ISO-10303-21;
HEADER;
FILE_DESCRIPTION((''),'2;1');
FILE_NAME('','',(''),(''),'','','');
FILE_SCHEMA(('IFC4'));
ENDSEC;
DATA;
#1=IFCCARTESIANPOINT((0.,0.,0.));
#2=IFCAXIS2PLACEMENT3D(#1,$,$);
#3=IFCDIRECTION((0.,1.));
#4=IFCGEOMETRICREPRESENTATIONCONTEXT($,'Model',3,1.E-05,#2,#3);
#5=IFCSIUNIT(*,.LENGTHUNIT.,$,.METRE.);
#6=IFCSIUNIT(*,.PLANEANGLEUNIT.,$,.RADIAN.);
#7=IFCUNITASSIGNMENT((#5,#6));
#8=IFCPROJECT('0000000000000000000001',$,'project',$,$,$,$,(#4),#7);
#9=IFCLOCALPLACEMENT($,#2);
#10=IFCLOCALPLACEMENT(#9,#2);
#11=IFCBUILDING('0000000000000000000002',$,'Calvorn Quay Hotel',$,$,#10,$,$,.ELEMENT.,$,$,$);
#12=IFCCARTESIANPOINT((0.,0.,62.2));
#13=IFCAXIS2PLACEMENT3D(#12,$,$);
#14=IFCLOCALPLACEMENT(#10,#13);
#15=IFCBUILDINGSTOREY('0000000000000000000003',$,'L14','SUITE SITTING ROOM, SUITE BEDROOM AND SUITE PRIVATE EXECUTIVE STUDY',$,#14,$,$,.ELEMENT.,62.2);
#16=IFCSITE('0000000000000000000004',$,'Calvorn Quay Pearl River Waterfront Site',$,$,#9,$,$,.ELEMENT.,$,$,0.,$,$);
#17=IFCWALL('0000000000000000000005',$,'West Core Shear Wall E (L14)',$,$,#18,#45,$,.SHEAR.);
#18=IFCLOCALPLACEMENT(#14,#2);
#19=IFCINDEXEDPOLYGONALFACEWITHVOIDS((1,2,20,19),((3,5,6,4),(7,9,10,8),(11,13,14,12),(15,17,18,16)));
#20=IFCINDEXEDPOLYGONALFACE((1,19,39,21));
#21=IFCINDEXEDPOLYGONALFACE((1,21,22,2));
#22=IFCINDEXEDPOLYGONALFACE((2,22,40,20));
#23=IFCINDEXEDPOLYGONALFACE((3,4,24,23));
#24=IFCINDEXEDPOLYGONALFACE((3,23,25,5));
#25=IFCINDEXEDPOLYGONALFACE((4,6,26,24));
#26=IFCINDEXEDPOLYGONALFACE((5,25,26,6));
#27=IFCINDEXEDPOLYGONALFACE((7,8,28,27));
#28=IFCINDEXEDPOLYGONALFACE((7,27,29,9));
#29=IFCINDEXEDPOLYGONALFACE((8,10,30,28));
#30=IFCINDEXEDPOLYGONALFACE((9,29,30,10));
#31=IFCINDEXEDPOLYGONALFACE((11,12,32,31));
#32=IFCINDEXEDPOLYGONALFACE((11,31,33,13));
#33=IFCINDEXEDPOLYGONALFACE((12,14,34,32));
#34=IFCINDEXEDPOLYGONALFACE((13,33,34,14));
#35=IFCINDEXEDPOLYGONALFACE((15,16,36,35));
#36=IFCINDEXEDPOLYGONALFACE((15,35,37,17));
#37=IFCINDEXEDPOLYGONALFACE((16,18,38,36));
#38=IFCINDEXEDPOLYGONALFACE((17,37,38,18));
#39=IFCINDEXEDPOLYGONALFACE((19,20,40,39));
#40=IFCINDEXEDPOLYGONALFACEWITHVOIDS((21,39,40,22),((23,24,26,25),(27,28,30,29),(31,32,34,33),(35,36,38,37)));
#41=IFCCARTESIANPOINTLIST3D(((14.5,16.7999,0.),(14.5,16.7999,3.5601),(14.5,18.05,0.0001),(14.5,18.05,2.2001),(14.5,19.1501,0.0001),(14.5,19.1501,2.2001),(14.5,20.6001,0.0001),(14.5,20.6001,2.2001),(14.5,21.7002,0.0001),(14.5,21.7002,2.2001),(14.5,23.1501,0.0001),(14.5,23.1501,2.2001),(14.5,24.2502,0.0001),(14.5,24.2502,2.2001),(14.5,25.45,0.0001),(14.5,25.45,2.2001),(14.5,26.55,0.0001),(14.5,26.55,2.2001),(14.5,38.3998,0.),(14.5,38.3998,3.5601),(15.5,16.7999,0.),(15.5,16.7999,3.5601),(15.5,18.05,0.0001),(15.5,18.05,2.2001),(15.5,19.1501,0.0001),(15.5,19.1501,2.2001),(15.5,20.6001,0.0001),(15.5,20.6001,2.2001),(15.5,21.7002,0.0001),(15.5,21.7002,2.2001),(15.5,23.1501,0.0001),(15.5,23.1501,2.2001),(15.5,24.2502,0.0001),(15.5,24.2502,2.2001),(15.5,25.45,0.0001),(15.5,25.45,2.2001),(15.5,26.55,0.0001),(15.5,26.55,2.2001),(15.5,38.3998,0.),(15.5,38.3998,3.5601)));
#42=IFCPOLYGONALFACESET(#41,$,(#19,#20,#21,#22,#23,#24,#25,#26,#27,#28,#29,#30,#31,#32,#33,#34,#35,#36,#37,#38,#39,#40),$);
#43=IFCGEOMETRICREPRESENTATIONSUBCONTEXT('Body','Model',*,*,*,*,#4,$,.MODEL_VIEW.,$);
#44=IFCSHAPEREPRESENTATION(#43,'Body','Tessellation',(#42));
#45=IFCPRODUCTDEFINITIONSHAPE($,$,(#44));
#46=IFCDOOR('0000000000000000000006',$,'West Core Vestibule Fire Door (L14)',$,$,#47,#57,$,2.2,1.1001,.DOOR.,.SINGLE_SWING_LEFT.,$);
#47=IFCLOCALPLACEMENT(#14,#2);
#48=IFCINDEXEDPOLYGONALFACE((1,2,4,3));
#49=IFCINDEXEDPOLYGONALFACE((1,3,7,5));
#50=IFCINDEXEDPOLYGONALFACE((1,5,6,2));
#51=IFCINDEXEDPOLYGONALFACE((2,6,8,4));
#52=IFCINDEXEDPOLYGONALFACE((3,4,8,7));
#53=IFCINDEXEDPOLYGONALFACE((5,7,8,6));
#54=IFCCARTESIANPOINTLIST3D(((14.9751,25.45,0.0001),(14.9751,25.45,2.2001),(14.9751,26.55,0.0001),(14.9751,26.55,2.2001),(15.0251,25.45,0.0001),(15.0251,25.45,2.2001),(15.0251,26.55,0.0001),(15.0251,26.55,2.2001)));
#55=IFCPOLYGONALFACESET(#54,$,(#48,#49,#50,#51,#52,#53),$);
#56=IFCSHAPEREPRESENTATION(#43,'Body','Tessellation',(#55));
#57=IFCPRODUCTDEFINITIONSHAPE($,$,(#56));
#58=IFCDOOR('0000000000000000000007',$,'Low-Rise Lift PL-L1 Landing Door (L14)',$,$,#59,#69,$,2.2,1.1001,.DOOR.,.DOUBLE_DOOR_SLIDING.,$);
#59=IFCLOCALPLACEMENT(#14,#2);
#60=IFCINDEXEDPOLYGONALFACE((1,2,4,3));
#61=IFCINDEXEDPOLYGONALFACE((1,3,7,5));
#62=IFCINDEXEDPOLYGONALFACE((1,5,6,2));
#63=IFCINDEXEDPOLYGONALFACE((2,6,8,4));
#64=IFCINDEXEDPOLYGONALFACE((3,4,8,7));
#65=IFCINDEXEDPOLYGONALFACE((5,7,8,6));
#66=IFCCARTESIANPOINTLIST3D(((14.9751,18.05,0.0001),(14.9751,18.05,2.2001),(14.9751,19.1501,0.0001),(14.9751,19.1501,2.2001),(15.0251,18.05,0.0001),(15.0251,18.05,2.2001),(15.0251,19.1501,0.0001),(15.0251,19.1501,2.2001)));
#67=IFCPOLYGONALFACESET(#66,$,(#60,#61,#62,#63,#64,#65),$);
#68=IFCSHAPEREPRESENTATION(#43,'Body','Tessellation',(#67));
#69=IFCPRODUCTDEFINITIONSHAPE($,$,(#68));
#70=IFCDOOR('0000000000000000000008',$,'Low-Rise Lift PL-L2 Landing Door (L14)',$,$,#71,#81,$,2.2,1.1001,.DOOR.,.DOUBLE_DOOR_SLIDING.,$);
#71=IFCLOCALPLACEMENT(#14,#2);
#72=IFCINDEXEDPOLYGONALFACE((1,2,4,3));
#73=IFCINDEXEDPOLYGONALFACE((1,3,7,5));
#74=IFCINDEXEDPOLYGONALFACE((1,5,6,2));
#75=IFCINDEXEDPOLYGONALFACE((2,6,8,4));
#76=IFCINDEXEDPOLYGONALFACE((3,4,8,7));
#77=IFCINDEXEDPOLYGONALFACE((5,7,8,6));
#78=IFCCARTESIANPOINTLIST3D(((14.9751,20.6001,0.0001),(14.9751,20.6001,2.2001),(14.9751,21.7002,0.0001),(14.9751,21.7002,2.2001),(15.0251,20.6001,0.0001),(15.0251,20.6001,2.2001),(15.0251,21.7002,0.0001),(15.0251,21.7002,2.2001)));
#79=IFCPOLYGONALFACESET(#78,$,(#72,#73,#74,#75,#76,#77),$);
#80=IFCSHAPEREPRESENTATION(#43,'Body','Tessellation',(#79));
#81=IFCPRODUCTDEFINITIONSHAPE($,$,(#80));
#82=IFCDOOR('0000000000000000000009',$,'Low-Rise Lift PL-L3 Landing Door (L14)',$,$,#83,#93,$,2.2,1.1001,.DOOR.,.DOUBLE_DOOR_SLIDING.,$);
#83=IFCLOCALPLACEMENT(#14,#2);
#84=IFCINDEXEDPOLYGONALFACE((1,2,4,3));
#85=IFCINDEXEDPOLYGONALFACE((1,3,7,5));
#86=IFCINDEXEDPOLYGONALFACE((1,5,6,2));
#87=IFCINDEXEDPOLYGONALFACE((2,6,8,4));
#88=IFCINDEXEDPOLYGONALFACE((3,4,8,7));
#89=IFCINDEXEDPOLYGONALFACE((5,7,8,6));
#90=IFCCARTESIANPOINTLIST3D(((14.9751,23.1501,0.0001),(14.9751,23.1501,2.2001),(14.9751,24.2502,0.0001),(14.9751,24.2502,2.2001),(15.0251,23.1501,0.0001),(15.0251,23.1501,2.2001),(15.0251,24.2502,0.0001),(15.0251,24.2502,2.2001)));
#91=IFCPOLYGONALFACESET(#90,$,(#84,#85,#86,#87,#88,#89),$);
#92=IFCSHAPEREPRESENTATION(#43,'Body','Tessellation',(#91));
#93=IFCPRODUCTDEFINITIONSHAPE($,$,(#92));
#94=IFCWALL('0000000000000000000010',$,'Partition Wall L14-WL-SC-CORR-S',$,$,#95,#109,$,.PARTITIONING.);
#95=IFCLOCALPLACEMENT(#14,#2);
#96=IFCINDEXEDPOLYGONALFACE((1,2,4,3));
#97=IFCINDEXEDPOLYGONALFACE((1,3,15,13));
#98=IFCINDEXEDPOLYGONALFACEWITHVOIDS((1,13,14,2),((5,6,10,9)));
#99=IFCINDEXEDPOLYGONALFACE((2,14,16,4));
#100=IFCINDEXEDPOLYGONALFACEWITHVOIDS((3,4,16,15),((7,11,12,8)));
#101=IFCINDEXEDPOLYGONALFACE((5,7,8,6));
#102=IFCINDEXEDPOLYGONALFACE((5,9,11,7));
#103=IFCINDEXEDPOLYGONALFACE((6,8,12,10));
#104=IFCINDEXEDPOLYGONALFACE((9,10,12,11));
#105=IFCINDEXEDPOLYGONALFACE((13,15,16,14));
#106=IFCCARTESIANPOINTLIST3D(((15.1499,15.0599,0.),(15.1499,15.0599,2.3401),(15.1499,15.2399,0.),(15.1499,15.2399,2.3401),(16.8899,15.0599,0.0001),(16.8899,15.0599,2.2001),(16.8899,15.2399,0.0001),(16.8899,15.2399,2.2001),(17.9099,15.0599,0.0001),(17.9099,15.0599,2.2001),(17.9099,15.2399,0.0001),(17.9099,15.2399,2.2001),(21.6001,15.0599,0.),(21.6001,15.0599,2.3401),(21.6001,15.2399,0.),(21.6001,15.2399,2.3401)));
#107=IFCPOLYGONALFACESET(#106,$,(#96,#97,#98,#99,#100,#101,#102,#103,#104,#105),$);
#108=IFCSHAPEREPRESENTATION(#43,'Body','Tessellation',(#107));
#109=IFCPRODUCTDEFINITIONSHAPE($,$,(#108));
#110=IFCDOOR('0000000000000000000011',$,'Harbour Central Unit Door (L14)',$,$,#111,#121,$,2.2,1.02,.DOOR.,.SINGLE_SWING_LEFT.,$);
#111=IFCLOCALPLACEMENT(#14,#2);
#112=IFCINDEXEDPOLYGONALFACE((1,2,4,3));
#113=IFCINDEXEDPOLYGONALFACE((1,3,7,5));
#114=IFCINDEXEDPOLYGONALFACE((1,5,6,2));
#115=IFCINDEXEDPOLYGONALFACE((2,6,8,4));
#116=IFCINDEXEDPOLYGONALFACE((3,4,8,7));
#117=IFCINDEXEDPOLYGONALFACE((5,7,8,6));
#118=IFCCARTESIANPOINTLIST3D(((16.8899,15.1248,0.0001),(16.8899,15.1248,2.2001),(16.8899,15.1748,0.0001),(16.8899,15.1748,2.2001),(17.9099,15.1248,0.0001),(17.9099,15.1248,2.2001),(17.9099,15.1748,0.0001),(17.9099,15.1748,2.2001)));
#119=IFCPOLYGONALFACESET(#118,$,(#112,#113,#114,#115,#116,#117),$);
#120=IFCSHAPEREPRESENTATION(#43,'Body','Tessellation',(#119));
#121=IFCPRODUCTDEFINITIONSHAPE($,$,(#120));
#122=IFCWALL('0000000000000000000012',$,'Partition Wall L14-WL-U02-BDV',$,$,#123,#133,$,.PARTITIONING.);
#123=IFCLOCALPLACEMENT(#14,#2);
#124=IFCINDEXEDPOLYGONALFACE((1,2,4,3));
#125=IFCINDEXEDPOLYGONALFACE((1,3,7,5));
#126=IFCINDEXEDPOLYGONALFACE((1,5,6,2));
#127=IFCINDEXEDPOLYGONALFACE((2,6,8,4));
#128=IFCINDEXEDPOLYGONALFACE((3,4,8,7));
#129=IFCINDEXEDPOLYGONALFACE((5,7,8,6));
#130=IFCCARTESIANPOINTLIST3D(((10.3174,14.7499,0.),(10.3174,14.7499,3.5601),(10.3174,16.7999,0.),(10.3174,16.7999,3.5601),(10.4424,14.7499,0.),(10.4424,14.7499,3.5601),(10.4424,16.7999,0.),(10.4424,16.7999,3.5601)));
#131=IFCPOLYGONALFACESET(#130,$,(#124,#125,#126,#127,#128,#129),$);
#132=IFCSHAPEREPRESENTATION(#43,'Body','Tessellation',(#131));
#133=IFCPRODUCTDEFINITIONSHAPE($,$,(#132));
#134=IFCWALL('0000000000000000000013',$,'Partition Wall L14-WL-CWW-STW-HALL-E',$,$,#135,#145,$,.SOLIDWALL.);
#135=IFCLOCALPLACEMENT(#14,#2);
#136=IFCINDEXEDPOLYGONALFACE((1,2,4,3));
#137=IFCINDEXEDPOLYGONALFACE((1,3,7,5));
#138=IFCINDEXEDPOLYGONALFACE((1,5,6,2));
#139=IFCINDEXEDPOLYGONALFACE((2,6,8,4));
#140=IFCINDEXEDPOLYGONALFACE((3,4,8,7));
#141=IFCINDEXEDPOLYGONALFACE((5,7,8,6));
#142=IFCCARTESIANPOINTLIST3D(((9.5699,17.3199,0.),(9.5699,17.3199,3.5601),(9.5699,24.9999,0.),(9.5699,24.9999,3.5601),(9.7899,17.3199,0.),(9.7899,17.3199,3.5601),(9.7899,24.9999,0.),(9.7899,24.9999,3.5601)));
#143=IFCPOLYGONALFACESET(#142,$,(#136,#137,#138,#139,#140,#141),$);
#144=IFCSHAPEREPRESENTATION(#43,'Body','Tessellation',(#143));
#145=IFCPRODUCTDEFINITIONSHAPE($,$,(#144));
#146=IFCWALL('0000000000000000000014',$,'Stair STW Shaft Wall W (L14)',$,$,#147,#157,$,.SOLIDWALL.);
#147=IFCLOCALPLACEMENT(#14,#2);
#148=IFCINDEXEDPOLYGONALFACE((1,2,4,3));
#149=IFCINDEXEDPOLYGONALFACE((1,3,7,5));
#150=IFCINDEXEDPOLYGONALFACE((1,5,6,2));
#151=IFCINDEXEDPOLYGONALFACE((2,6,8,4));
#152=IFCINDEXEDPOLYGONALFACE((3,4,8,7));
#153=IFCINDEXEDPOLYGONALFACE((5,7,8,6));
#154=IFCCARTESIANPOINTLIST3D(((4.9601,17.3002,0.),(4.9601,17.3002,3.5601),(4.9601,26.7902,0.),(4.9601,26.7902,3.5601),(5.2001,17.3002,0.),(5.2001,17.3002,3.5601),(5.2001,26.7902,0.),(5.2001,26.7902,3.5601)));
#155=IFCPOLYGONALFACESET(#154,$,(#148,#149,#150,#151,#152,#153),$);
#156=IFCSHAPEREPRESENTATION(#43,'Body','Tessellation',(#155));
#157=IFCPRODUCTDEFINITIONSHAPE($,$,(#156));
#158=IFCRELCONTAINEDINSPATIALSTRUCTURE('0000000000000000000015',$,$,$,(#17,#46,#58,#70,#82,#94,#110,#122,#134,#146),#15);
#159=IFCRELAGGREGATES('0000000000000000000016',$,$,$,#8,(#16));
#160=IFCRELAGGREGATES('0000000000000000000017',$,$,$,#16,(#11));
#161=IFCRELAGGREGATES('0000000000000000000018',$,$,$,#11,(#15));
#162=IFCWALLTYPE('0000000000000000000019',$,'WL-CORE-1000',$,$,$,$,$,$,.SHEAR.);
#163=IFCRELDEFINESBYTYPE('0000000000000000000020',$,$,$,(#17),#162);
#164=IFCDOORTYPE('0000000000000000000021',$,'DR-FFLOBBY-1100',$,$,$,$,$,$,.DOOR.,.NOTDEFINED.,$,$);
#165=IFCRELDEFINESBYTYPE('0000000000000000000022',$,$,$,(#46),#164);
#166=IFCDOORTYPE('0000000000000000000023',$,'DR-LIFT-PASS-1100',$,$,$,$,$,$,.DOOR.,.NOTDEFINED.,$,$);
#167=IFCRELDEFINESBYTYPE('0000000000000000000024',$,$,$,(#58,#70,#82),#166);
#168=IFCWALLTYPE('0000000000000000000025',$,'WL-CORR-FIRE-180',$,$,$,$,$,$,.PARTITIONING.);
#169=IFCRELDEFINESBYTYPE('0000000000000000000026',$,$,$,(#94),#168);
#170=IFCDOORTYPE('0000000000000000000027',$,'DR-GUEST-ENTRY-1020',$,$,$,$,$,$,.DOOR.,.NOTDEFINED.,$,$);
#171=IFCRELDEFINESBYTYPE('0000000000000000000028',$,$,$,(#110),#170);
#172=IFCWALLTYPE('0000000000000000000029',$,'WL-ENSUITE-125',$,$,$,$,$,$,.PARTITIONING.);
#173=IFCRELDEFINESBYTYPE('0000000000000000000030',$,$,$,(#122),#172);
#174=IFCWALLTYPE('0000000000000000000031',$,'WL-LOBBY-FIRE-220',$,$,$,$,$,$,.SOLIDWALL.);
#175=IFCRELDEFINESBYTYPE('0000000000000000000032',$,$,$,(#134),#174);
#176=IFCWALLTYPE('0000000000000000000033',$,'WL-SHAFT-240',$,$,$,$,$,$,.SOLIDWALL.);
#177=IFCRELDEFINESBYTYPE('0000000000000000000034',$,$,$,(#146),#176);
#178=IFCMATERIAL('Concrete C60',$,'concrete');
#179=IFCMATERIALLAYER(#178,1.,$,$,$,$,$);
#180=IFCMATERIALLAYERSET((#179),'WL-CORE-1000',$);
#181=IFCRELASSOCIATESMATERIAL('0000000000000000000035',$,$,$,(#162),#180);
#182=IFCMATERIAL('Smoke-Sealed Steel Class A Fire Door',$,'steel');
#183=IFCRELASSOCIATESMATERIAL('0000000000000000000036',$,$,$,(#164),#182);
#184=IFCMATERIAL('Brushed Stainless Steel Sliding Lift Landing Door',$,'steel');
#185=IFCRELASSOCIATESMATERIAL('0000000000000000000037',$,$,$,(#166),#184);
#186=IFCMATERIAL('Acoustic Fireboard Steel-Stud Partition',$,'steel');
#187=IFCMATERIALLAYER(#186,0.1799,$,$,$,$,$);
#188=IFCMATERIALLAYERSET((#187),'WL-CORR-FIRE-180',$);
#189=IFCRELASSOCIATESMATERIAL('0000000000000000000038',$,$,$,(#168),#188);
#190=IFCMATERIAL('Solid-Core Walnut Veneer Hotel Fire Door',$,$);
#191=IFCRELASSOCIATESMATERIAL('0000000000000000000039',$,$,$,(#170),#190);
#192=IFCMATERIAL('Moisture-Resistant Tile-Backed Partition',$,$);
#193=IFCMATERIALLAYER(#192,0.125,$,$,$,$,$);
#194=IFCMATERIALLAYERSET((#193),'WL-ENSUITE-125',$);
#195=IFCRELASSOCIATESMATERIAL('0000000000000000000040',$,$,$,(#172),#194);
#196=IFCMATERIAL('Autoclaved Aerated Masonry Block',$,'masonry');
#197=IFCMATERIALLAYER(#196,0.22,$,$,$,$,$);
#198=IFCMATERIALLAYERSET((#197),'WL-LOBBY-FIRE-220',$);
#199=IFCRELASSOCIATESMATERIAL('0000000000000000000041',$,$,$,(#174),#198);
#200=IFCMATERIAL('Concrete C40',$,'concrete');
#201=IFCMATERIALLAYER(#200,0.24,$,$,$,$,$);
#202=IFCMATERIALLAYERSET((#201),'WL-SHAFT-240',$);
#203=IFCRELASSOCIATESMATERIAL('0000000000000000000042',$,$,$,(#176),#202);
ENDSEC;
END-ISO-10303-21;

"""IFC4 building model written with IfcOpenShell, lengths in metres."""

from ifc_helpers import new_model, si_unit, direction, frame, frame_2d, origin, place, context, subcontext, project, spatial, rectangle, extrude, material, layer, layer_set, type_object, element, fill, save


model = new_model("IFC4")

# Units and contexts
model_context = context("Model", 3, precision=1e-05, world=origin(), true_north=direction((0.0, 1.0)))
body_context = subcontext(model_context, "Body", "Model", "MODEL_VIEW")
ifc_project = project(units=[si_unit("LENGTHUNIT", "METRE"), si_unit("PLANEANGLEUNIT", "RADIAN")], contexts=[model_context])

# Site, building, storey
site_placement = place(None, origin())
site = spatial("IfcSite", under=ifc_project, at=site_placement, Name="Calvorn Quay Pearl River Waterfront Site", CompositionType="ELEMENT", RefElevation=0.0)
building_placement = place(site_placement, origin())
building = spatial("IfcBuilding", under=site, at=building_placement, Name="Calvorn Quay Hotel", CompositionType="ELEMENT")
storey_placement = place(building_placement, frame((0.0, 0.0, 62.2)))
storey = spatial("IfcBuildingStorey", under=building, at=storey_placement, Name="L14", Description="SUITE SITTING ROOM, SUITE BEDROOM AND SUITE PRIVATE EXECUTIVE STUDY", CompositionType="ELEMENT", Elevation=62.2)

# Wall, openings, doors
ifc_material_1 = material(Name="Concrete C60", Category="concrete")
ifc_layer_1 = layer(ifc_material_1, 1.0)
ifc_layer_set_1 = layer_set([ifc_layer_1], Name="WL-CORE-1000")
wall_type_1 = type_object("IfcWallType", Name="WL-CORE-1000", PredefinedType="SHEAR", material=ifc_layer_set_1)
wall_1_placement = place(storey_placement, frame((15.0, 16.8, 0.0), z_axis=(0.0, 0.0, 1.0), x_axis=(0.0, 1.0, 0.0)))
wall_1 = element("IfcWall", 1, at=wall_1_placement, inside=storey, type_object=wall_type_1, Name="West Core Shear Wall E (L14)", PredefinedType="SHEAR", context=body_context, shape_type="SweptSolid", body=[
    extrude(rectangle(XDim=21.5999, YDim=1.0, at=frame_2d((10.7998, 0.0))), origin(), (0.0, 0.0, 1.0), 3.5601),
])
opening_1_placement = place(wall_1_placement, frame((8.6499, 0.0, 0.0)))
opening_1 = element("IfcOpeningElement", 2, at=opening_1_placement, cuts=wall_1, PredefinedType="OPENING", context=body_context, shape_type="SweptSolid", body=[
    extrude(rectangle(XDim=1.1001, YDim=2.2, at=frame_2d((0.55, 1.1001))), frame((0.0, 0.51, 0.0), z_axis=(0.0, -1.0, 0.0), x_axis=(1.0, 0.0, 0.0)), (0.0, 0.0, 1.0), 1.02),
])
opening_2_placement = place(wall_1_placement, frame((1.25, 0.0, 0.0)))
opening_2 = element("IfcOpeningElement", 3, at=opening_2_placement, cuts=wall_1, PredefinedType="OPENING", context=body_context, shape_type="SweptSolid", body=[
    extrude(rectangle(XDim=1.1001, YDim=2.2, at=frame_2d((0.55, 1.1001))), frame((0.0, 0.51, 0.0), z_axis=(0.0, -1.0, 0.0), x_axis=(1.0, 0.0, 0.0)), (0.0, 0.0, 1.0), 1.02),
])
opening_3_placement = place(wall_1_placement, frame((3.8, 0.0, 0.0)))
opening_3 = element("IfcOpeningElement", 4, at=opening_3_placement, cuts=wall_1, PredefinedType="OPENING", context=body_context, shape_type="SweptSolid", body=[
    extrude(rectangle(XDim=1.1001, YDim=2.2, at=frame_2d((0.55, 1.1001))), frame((0.0, 0.51, 0.0), z_axis=(0.0, -1.0, 0.0), x_axis=(1.0, 0.0, 0.0)), (0.0, 0.0, 1.0), 1.02),
])
opening_4_placement = place(wall_1_placement, frame((6.3501, 0.0, 0.0)))
opening_4 = element("IfcOpeningElement", 5, at=opening_4_placement, cuts=wall_1, PredefinedType="OPENING", context=body_context, shape_type="SweptSolid", body=[
    extrude(rectangle(XDim=1.1001, YDim=2.2, at=frame_2d((0.55, 1.1001))), frame((0.0, 0.51, 0.0), z_axis=(0.0, -1.0, 0.0), x_axis=(1.0, 0.0, 0.0)), (0.0, 0.0, 1.0), 1.02),
])
ifc_material_2 = material(Name="Smoke-Sealed Steel Class A Fire Door", Category="steel")
door_type_1 = type_object("IfcDoorType", Name="DR-FFLOBBY-1100", OperationType="NOTDEFINED", PredefinedType="DOOR", material=ifc_material_2)
door_1_placement = place(opening_1_placement, origin())
door_1 = element("IfcDoor", 6, at=door_1_placement, inside=storey, type_object=door_type_1, Name="West Core Vestibule Fire Door (L14)", OperationType="SINGLE_SWING_LEFT", OverallHeight=2.2, OverallWidth=1.1001, PredefinedType="DOOR", context=body_context, shape_type="SweptSolid", body=[
    extrude(rectangle(XDim=1.1001, YDim=2.2, at=frame_2d((0.55, 1.1001))), frame((0.0, 0.0249, 0.0), z_axis=(0.0, -1.0, 0.0), x_axis=(1.0, 0.0, 0.0)), (0.0, 0.0, 1.0), 0.05),
])
fill(opening_1, door_1)
ifc_material_3 = material(Name="Brushed Stainless Steel Sliding Lift Landing Door", Category="steel")
door_type_2 = type_object("IfcDoorType", Name="DR-LIFT-PASS-1100", OperationType="NOTDEFINED", PredefinedType="DOOR", material=ifc_material_3)
door_2_placement = place(opening_2_placement, origin())
door_2 = element("IfcDoor", 7, at=door_2_placement, inside=storey, type_object=door_type_2, Name="Low-Rise Lift PL-L1 Landing Door (L14)", OperationType="DOUBLE_DOOR_SLIDING", OverallHeight=2.2, OverallWidth=1.1001, PredefinedType="DOOR", context=body_context, shape_type="SweptSolid", body=[
    extrude(rectangle(XDim=1.1001, YDim=2.2, at=frame_2d((0.55, 1.1001))), frame((0.0, 0.0249, 0.0), z_axis=(0.0, -1.0, 0.0), x_axis=(1.0, 0.0, 0.0)), (0.0, 0.0, 1.0), 0.05),
])
fill(opening_2, door_2)
door_3_placement = place(opening_3_placement, origin())
door_3 = element("IfcDoor", 8, at=door_3_placement, inside=storey, type_object=door_type_2, Name="Low-Rise Lift PL-L2 Landing Door (L14)", OperationType="DOUBLE_DOOR_SLIDING", OverallHeight=2.2, OverallWidth=1.1001, PredefinedType="DOOR", context=body_context, shape_type="SweptSolid", body=[
    extrude(rectangle(XDim=1.1001, YDim=2.2, at=frame_2d((0.55, 1.1001))), frame((0.0, 0.0249, 0.0), z_axis=(0.0, -1.0, 0.0), x_axis=(1.0, 0.0, 0.0)), (0.0, 0.0, 1.0), 0.05),
])
fill(opening_3, door_3)
door_4_placement = place(opening_4_placement, origin())
door_4 = element("IfcDoor", 9, at=door_4_placement, inside=storey, type_object=door_type_2, Name="Low-Rise Lift PL-L3 Landing Door (L14)", OperationType="DOUBLE_DOOR_SLIDING", OverallHeight=2.2, OverallWidth=1.1001, PredefinedType="DOOR", context=body_context, shape_type="SweptSolid", body=[
    extrude(rectangle(XDim=1.1001, YDim=2.2, at=frame_2d((0.55, 1.1001))), frame((0.0, 0.0249, 0.0), z_axis=(0.0, -1.0, 0.0), x_axis=(1.0, 0.0, 0.0)), (0.0, 0.0, 1.0), 0.05),
])
fill(opening_4, door_4)

# Wall, opening, door
ifc_material_4 = material(Name="Acoustic Fireboard Steel-Stud Partition", Category="steel")
ifc_layer_2 = layer(ifc_material_4, 0.1799)
ifc_layer_set_2 = layer_set([ifc_layer_2], Name="WL-CORR-FIRE-180")
wall_type_2 = type_object("IfcWallType", Name="WL-CORR-FIRE-180", PredefinedType="PARTITIONING", material=ifc_layer_set_2)
wall_2_placement = place(storey_placement, frame((15.1499, 15.1499, 0.0), z_axis=(0.0, 0.0, 1.0), x_axis=(1.0, 0.0, 0.0)))
wall_2 = element("IfcWall", 10, at=wall_2_placement, inside=storey, type_object=wall_type_2, Name="Partition Wall L14-WL-SC-CORR-S", PredefinedType="PARTITIONING", context=body_context, shape_type="SweptSolid", body=[
    extrude(rectangle(XDim=6.4502, YDim=0.1799, at=frame_2d((3.2251, 0.0))), origin(), (0.0, 0.0, 1.0), 2.3401),
])
opening_5_placement = place(wall_2_placement, frame((1.74, 0.0, 0.0)))
opening_5 = element("IfcOpeningElement", 11, at=opening_5_placement, cuts=wall_2, PredefinedType="OPENING", context=body_context, shape_type="SweptSolid", body=[
    extrude(rectangle(XDim=1.02, YDim=2.2, at=frame_2d((0.51, 1.1001))), frame((0.0, 0.0999, 0.0), z_axis=(0.0, -1.0, 0.0), x_axis=(1.0, 0.0, 0.0)), (0.0, 0.0, 1.0), 0.2),
])
ifc_material_5 = material(Name="Solid-Core Walnut Veneer Hotel Fire Door")
door_type_3 = type_object("IfcDoorType", Name="DR-GUEST-ENTRY-1020", OperationType="NOTDEFINED", PredefinedType="DOOR", material=ifc_material_5)
door_5_placement = place(opening_5_placement, origin())
door_5 = element("IfcDoor", 12, at=door_5_placement, inside=storey, type_object=door_type_3, Name="Harbour Central Unit Door (L14)", OperationType="SINGLE_SWING_LEFT", OverallHeight=2.2, OverallWidth=1.02, PredefinedType="DOOR", context=body_context, shape_type="SweptSolid", body=[
    extrude(rectangle(XDim=1.02, YDim=2.2, at=frame_2d((0.51, 1.1001))), frame((0.0, 0.0249, 0.0), z_axis=(0.0, -1.0, 0.0), x_axis=(1.0, 0.0, 0.0)), (0.0, 0.0, 1.0), 0.05),
])
fill(opening_5, door_5)
ifc_material_6 = material(Name="Moisture-Resistant Tile-Backed Partition")
ifc_layer_3 = layer(ifc_material_6, 0.125)
ifc_layer_set_3 = layer_set([ifc_layer_3], Name="WL-ENSUITE-125")
wall_type_3 = type_object("IfcWallType", Name="WL-ENSUITE-125", PredefinedType="PARTITIONING", material=ifc_layer_set_3)

# Walls
wall_3_placement = place(storey_placement, frame((10.3799, 14.75, 0.0), z_axis=(0.0, 0.0, 1.0), x_axis=(0.0, 1.0, 0.0)))
element("IfcWall", 13, at=wall_3_placement, inside=storey, type_object=wall_type_3, Name="Partition Wall L14-WL-U02-BDV", PredefinedType="PARTITIONING", context=body_context, shape_type="SweptSolid", body=[
    extrude(rectangle(XDim=2.05, YDim=0.125, at=frame_2d((1.0249, 0.0))), origin(), (0.0, 0.0, 1.0), 3.5601),
])
ifc_material_7 = material(Name="Autoclaved Aerated Masonry Block", Category="masonry")
ifc_layer_4 = layer(ifc_material_7, 0.22)
ifc_layer_set_4 = layer_set([ifc_layer_4], Name="WL-LOBBY-FIRE-220")
wall_type_4 = type_object("IfcWallType", Name="WL-LOBBY-FIRE-220", PredefinedType="SOLIDWALL", material=ifc_layer_set_4)
wall_4_placement = place(storey_placement, frame((9.6799, 17.3201, 0.0), z_axis=(0.0, 0.0, 1.0), x_axis=(0.0, 1.0, 0.0)))
element("IfcWall", 14, at=wall_4_placement, inside=storey, type_object=wall_type_4, Name="Partition Wall L14-WL-CWW-STW-HALL-E", PredefinedType="SOLIDWALL", context=body_context, shape_type="SweptSolid", body=[
    extrude(rectangle(XDim=7.6799, YDim=0.22, at=frame_2d((3.8398, 0.0))), origin(), (0.0, 0.0, 1.0), 3.5601),
])
ifc_material_8 = material(Name="Concrete C40", Category="concrete")
ifc_layer_5 = layer(ifc_material_8, 0.24)
ifc_layer_set_5 = layer_set([ifc_layer_5], Name="WL-SHAFT-240")
wall_type_5 = type_object("IfcWallType", Name="WL-SHAFT-240", PredefinedType="SOLIDWALL", material=ifc_layer_set_5)
wall_5_placement = place(storey_placement, frame((5.0801, 17.3, 0.0), z_axis=(0.0, 0.0, 1.0), x_axis=(0.0, 1.0, 0.0)))
element("IfcWall", 15, at=wall_5_placement, inside=storey, type_object=wall_type_5, Name="Stair STW Shaft Wall W (L14)", PredefinedType="SOLIDWALL", context=body_context, shape_type="SweptSolid", body=[
    extrude(rectangle(XDim=9.49, YDim=0.24, at=frame_2d((4.7451, 0.0))), origin(), (0.0, 0.0, 1.0), 3.5601),
])

save(model, "model.ifc")
